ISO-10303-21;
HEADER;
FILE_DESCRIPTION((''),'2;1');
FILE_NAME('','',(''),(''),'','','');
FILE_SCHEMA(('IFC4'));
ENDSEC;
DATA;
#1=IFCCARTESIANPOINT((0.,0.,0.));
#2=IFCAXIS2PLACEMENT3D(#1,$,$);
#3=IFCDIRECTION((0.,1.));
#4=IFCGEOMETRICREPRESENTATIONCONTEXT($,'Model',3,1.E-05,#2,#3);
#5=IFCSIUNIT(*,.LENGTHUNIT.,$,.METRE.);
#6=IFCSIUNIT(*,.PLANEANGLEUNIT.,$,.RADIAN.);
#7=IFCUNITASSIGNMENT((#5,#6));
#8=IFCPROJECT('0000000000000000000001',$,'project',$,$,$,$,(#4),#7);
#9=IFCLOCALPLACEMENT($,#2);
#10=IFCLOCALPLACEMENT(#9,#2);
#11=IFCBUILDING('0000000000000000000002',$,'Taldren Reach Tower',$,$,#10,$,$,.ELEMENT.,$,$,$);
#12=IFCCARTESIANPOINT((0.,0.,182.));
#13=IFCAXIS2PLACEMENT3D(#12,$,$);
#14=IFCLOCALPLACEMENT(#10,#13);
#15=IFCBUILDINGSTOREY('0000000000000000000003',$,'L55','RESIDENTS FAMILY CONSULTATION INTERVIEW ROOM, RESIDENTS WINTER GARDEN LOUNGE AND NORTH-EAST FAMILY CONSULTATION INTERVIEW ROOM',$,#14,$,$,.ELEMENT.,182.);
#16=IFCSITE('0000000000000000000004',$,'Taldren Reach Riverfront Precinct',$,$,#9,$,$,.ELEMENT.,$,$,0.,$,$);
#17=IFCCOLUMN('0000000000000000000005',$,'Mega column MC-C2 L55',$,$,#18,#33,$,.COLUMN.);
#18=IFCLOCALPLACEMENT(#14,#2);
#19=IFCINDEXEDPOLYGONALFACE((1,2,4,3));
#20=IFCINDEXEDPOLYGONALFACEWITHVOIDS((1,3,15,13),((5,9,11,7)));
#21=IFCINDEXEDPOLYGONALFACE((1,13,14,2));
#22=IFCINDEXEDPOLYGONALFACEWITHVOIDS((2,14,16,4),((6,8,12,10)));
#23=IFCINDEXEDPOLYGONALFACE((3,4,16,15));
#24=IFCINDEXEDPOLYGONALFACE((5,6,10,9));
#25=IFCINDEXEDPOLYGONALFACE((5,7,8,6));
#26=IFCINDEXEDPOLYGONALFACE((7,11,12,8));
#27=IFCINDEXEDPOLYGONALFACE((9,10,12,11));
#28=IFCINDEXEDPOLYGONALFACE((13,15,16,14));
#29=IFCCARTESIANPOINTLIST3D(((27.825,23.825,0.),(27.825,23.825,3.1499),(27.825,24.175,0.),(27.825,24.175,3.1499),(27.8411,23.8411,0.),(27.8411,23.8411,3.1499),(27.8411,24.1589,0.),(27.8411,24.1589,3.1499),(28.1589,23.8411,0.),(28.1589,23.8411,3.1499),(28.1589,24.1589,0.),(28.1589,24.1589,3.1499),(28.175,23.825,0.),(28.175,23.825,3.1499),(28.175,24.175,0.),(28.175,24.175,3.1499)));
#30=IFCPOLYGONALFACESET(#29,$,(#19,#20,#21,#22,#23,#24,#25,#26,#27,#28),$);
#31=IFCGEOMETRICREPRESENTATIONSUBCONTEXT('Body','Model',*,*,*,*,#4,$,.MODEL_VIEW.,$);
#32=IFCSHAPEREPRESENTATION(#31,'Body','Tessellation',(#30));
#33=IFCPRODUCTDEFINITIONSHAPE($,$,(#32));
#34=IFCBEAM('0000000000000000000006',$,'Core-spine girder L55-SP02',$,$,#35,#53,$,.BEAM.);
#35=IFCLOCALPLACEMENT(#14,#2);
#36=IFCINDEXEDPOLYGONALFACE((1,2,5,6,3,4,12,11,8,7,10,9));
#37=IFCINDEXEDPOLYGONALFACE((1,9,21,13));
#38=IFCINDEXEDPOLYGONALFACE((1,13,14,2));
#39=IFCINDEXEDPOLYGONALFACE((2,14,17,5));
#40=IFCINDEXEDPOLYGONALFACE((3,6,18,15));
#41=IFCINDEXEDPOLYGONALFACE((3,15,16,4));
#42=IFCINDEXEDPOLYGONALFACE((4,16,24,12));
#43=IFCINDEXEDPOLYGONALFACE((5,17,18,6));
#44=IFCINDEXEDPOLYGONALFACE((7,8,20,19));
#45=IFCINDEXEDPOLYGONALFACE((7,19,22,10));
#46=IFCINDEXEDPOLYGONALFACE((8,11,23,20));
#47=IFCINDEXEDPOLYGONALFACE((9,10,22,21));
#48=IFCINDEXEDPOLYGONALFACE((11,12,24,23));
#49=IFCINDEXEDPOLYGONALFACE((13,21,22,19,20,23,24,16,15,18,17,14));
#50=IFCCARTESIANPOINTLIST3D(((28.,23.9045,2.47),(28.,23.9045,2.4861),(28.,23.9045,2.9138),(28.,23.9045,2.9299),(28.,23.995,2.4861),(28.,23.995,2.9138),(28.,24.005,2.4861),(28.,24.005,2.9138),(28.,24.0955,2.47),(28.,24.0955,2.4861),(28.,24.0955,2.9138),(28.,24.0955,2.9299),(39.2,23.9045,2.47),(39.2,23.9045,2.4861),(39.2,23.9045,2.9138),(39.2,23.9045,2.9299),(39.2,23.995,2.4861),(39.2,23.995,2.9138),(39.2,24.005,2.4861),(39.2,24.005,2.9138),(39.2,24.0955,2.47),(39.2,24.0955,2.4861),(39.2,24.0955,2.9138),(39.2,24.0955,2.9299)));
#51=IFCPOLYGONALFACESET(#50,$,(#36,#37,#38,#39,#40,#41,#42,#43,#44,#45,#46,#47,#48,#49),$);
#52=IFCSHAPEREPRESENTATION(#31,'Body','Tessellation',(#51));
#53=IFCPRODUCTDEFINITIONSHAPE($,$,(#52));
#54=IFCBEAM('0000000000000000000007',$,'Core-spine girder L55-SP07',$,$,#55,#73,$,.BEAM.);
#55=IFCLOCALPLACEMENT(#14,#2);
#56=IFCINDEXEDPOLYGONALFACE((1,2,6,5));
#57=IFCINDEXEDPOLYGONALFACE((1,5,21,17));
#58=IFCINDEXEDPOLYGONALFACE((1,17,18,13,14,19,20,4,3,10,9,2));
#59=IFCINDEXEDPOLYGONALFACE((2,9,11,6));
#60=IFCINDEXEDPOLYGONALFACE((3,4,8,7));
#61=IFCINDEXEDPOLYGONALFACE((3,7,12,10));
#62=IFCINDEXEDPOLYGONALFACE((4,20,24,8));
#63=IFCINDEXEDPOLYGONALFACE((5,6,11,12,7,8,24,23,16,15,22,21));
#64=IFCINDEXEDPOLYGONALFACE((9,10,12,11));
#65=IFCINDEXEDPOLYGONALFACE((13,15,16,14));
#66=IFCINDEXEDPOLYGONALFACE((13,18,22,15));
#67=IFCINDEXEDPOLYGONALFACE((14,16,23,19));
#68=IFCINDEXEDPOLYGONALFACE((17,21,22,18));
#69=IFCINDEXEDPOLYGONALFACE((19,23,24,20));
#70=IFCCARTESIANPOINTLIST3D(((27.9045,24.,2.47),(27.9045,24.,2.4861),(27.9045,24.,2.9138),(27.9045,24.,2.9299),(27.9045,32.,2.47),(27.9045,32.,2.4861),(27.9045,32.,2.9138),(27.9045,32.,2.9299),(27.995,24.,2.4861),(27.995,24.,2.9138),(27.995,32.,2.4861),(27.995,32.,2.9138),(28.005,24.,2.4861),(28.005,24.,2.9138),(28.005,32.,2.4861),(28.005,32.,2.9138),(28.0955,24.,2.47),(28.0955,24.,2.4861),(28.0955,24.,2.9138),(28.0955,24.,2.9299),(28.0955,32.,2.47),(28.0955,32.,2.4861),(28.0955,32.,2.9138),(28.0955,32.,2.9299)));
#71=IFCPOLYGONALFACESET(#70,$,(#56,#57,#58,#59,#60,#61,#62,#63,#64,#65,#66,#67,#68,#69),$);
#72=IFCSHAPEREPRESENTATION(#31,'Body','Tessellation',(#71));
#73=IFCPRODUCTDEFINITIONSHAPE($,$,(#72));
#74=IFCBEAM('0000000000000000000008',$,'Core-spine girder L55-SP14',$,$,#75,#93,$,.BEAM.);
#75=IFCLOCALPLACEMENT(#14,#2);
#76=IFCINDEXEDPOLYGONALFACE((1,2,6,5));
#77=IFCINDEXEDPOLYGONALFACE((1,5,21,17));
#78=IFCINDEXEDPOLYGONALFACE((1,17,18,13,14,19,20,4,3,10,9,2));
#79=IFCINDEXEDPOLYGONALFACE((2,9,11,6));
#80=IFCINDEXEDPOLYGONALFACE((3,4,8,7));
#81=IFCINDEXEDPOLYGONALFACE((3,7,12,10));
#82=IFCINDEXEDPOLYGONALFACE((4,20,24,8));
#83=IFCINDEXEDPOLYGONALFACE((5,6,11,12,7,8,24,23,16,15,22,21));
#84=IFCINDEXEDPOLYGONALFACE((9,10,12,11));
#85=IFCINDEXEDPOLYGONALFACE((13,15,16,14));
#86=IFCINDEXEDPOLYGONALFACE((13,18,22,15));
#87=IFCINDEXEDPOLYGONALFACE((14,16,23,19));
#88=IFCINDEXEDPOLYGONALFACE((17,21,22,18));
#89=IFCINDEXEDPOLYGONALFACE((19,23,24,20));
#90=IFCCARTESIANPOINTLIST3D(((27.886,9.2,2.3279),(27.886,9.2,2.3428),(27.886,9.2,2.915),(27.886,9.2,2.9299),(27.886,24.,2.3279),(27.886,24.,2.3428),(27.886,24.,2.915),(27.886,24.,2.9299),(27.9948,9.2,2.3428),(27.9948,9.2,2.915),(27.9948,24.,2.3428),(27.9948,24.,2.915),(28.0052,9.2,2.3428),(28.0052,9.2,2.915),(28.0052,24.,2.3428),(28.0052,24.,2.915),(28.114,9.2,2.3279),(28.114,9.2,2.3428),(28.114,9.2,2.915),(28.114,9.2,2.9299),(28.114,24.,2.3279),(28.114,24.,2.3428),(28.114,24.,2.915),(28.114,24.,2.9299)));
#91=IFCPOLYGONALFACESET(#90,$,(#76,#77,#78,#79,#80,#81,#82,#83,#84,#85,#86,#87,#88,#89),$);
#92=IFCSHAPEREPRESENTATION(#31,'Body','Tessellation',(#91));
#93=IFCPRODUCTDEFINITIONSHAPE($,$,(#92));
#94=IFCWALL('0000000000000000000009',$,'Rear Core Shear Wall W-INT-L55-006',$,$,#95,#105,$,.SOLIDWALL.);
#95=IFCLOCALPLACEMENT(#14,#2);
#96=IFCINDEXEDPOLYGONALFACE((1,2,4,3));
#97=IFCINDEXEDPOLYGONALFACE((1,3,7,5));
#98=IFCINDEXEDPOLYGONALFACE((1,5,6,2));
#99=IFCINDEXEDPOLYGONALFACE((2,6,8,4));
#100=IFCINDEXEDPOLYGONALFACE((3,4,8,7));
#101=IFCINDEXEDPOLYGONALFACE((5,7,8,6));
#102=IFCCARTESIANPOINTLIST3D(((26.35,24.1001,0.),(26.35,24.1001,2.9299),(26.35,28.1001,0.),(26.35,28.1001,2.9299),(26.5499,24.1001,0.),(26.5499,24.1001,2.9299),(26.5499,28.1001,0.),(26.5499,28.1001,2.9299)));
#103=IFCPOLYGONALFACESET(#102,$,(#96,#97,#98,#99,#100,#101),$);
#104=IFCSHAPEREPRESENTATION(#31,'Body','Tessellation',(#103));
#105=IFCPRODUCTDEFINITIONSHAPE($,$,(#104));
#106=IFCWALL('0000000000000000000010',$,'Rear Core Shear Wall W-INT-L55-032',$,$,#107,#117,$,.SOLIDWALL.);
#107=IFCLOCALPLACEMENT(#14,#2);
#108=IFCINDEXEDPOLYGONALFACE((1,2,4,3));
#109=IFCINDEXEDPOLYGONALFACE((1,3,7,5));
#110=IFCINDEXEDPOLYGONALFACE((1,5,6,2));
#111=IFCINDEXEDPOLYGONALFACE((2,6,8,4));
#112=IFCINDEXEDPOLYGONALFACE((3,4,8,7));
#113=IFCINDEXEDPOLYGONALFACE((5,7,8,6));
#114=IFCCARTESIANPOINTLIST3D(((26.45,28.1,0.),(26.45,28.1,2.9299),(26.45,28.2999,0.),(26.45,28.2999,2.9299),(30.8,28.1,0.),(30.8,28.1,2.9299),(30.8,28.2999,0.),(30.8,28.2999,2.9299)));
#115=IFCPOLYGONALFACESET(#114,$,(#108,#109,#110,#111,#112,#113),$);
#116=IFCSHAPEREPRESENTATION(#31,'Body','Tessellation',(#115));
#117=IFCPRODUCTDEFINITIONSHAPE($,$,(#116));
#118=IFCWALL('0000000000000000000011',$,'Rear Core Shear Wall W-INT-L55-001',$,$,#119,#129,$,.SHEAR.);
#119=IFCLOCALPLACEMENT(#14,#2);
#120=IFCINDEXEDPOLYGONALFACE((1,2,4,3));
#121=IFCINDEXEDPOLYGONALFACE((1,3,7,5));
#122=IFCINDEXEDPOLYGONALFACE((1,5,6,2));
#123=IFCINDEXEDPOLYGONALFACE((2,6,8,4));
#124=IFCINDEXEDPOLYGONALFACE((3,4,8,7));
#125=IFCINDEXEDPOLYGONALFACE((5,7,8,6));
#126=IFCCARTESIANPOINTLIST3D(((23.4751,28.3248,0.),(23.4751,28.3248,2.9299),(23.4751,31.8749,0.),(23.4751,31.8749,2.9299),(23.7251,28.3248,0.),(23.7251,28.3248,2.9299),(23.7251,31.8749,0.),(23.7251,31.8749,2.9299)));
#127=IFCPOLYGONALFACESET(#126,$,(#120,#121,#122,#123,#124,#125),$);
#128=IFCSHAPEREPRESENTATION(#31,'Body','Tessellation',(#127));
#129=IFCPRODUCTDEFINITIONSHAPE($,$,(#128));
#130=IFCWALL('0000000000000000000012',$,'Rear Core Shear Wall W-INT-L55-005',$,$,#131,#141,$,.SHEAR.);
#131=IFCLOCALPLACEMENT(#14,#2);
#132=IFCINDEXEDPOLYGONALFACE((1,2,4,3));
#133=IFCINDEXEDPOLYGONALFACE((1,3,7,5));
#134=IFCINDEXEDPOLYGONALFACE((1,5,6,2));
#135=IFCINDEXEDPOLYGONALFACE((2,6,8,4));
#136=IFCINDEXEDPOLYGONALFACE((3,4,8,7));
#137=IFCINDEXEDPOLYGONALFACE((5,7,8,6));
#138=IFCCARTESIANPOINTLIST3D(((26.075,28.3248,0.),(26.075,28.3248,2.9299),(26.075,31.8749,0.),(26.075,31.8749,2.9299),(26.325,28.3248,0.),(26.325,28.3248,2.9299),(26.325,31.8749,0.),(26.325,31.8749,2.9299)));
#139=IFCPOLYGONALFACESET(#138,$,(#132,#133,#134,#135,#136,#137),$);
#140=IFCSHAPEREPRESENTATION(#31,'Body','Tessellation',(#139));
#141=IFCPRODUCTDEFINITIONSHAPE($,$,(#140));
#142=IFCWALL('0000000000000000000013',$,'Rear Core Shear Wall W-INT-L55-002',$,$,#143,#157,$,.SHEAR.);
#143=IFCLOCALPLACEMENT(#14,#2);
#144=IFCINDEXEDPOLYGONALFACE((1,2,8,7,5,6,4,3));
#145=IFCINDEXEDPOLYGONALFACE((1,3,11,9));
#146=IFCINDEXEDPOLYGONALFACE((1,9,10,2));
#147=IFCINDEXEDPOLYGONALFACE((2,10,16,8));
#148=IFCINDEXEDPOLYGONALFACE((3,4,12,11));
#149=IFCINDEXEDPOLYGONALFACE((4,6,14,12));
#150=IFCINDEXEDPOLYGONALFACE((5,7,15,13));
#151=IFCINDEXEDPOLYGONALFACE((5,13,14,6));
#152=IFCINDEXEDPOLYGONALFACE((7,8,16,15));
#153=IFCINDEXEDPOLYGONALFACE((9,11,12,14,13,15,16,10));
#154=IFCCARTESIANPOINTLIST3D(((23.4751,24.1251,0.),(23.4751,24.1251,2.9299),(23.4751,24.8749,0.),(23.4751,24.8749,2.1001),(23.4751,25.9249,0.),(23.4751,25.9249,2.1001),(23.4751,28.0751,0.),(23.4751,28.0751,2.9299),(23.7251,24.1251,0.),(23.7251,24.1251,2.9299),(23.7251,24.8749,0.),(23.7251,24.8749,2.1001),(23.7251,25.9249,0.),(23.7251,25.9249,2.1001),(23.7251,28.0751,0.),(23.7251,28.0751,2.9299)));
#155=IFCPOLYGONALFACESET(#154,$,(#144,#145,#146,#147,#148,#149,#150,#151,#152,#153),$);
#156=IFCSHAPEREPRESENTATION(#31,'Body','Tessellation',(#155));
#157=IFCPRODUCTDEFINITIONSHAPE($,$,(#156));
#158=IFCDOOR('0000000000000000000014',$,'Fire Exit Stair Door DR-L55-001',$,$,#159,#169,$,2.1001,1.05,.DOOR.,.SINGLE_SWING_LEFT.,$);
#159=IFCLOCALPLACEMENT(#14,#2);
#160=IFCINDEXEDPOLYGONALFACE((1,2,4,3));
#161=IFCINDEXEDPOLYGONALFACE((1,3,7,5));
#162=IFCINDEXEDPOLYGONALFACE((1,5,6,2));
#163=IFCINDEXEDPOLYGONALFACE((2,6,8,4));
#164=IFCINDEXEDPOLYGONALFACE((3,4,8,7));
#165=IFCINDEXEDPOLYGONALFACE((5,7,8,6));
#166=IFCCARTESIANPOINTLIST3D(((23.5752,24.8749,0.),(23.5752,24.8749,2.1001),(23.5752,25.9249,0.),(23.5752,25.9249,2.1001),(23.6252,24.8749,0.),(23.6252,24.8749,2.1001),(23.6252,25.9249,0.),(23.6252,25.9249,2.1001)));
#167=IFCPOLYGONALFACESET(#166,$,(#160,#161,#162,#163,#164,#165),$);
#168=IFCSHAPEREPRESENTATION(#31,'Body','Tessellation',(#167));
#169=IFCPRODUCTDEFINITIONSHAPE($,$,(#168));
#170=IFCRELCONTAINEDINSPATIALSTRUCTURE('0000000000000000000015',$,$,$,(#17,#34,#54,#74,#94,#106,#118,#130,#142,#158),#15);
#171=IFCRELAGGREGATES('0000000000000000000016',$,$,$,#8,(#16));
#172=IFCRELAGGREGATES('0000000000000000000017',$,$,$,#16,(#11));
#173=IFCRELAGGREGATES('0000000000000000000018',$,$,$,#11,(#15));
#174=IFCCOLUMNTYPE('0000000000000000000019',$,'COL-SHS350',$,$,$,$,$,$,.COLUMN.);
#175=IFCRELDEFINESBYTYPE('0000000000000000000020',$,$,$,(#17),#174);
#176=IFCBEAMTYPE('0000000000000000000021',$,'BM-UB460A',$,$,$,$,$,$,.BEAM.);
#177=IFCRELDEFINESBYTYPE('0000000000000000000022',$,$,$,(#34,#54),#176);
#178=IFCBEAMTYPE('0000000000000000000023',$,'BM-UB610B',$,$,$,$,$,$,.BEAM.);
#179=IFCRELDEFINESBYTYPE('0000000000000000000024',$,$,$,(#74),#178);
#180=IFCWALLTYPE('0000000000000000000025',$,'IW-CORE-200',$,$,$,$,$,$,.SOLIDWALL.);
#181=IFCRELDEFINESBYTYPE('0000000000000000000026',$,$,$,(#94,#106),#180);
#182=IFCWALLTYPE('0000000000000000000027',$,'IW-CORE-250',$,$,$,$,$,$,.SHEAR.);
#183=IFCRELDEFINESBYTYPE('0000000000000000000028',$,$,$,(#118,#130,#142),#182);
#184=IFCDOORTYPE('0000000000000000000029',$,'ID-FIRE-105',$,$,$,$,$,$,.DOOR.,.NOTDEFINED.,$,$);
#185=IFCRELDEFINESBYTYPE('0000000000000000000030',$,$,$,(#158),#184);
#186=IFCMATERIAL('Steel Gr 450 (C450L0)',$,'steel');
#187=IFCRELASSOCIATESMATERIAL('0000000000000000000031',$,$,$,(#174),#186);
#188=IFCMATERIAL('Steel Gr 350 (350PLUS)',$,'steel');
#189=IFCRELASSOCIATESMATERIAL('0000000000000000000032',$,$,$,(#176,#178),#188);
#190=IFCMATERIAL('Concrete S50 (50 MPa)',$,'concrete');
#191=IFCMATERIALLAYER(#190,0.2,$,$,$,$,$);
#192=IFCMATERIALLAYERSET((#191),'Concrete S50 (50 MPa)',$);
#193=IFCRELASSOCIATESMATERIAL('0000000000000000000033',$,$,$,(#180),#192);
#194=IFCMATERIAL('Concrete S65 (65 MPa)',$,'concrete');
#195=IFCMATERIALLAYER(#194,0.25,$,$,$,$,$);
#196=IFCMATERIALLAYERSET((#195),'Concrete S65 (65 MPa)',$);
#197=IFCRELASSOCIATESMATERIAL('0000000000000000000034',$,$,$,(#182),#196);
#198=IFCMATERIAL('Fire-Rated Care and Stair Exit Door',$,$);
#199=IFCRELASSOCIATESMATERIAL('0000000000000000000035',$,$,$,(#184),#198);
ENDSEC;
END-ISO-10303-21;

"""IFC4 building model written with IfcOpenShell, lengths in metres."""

from ifc_helpers import new_model, si_unit, direction, frame, frame_2d, origin, origin_2d, place, context, subcontext, project, spatial, rectangle, hollow_rectangle, i_section, extrude, source, transform, mapped, material, layer, layer_set, material_profile, profile_set, type_object, element, fill, save


model = new_model("IFC4")

# Units and contexts
model_context = context("Model", 3, precision=1e-05, world=origin(), true_north=direction((0.0, 1.0)))
body_context = subcontext(model_context, "Body", "Model", "MODEL_VIEW")
ifc_project = project(units=[si_unit("LENGTHUNIT", "METRE"), si_unit("PLANEANGLEUNIT", "RADIAN")], contexts=[model_context])

# Site, building, storey
site_placement = place(None, origin())
site = spatial("IfcSite", under=ifc_project, at=site_placement, Name="Taldren Reach Riverfront Precinct", CompositionType="ELEMENT", RefElevation=0.0)
building_placement = place(site_placement, origin())
building = spatial("IfcBuilding", under=site, at=building_placement, Name="Taldren Reach Tower", CompositionType="ELEMENT")
storey_placement = place(building_placement, frame((0.0, 0.0, 182.0)))
storey = spatial("IfcBuildingStorey", under=building, at=storey_placement, Name="L55", Description="RESIDENTS FAMILY CONSULTATION INTERVIEW ROOM, RESIDENTS WINTER GARDEN LOUNGE AND NORTH-EAST FAMILY CONSULTATION INTERVIEW ROOM", CompositionType="ELEMENT", Elevation=182.0)

# Column
ifc_material_1 = material(Name="Steel Gr 450 (C450L0)", Category="steel")
ifc_material_profile_1 = material_profile(ifc_material_1, hollow_rectangle(XDim=0.3501, YDim=0.3501, WallThickness=0.0161, at=origin_2d()), Name="350x350x16.0SHS")
ifc_profile_set_1 = profile_set([ifc_material_profile_1], Name="Steel Gr 450 (C450L0)")
column_type = type_object("IfcColumnType", Name="COL-SHS350", PredefinedType="COLUMN", material=ifc_profile_set_1)
shared_shape_1 = source(origin(), body_context, "Body", "SweptSolid", [
    extrude(hollow_rectangle(XDim=0.3501, YDim=0.3501, WallThickness=0.0161, at=origin_2d()), origin(), (0.0, 0.0, 1.0), 3.1499),
])
column_placement = place(storey_placement, frame((28.0, 24.0, 0.0), z_axis=(0.0, 0.0, 1.0), x_axis=(1.0, 0.0, 0.0)))
element("IfcColumn", 1, at=column_placement, inside=storey, type_object=column_type, Name="Mega column MC-C2 L55", PredefinedType="COLUMN", context=body_context, shape_type="MappedRepresentation", body=[
    mapped(shared_shape_1, transform((0.0, 0.0, 0.0), scale=1.0)),
])

# Beams
ifc_material_2 = material(Name="Steel Gr 350 (350PLUS)", Category="steel")
ifc_material_profile_2 = material_profile(ifc_material_2, i_section(OverallWidth=0.1909, OverallDepth=0.46, WebThickness=0.01, FlangeThickness=0.0161, at=origin_2d()), Name="460UB82.1")
ifc_profile_set_2 = profile_set([ifc_material_profile_2], Name="Steel Gr 350 (350PLUS)")
beam_type_1 = type_object("IfcBeamType", Name="BM-UB460A", PredefinedType="BEAM", material=ifc_profile_set_2)
shared_shape_2 = source(origin(), body_context, "Body", "SweptSolid", [
    extrude(i_section(OverallWidth=0.1909, OverallDepth=0.46, WebThickness=0.01, FlangeThickness=0.0161, at=origin_2d()), origin(), (0.0, 0.0, 1.0), 11.2),
])
beam_1_placement = place(storey_placement, frame((28.0, 24.0, 2.7), z_axis=(1.0, 0.0, 0.0), x_axis=(0.0, 1.0, 0.0)))
element("IfcBeam", 2, at=beam_1_placement, inside=storey, type_object=beam_type_1, Name="Core-spine girder L55-SP02", PredefinedType="BEAM", context=body_context, shape_type="MappedRepresentation", body=[
    mapped(shared_shape_2, transform((0.0, 0.0, 0.0), scale=1.0)),
])
shared_shape_3 = source(origin(), body_context, "Body", "SweptSolid", [
    extrude(i_section(OverallWidth=0.1909, OverallDepth=0.46, WebThickness=0.01, FlangeThickness=0.0161, at=origin_2d()), origin(), (0.0, 0.0, 1.0), 8.0),
])
beam_2_placement = place(storey_placement, frame((28.0, 24.0, 2.7), z_axis=(0.0, 1.0, 0.0), x_axis=(-1.0, 0.0, 0.0)))
element("IfcBeam", 3, at=beam_2_placement, inside=storey, type_object=beam_type_1, Name="Core-spine girder L55-SP07", PredefinedType="BEAM", context=body_context, shape_type="MappedRepresentation", body=[
    mapped(shared_shape_3, transform((0.0, 0.0, 0.0), scale=1.0)),
])
ifc_material_profile_3 = material_profile(ifc_material_2, i_section(OverallWidth=0.228, OverallDepth=0.6021, WebThickness=0.0105, FlangeThickness=0.0149, at=origin_2d()), Name="610UB101")
ifc_profile_set_3 = profile_set([ifc_material_profile_3], Name="Steel Gr 350 (350PLUS)")
beam_type_2 = type_object("IfcBeamType", Name="BM-UB610B", PredefinedType="BEAM", material=ifc_profile_set_3)
shared_shape_4 = source(origin(), body_context, "Body", "SweptSolid", [
    extrude(i_section(OverallWidth=0.228, OverallDepth=0.6021, WebThickness=0.0105, FlangeThickness=0.0149, at=origin_2d()), origin(), (0.0, 0.0, 1.0), 14.8),
])
beam_3_placement = place(storey_placement, frame((28.0, 24.0, 2.6289), z_axis=(0.0, -1.0, 0.0), x_axis=(1.0, 0.0, 0.0)))
element("IfcBeam", 4, at=beam_3_placement, inside=storey, type_object=beam_type_2, Name="Core-spine girder L55-SP14", PredefinedType="BEAM", context=body_context, shape_type="MappedRepresentation", body=[
    mapped(shared_shape_4, transform((0.0, 0.0, 0.0), scale=1.0)),
])

# Walls
ifc_material_3 = material(Name="Concrete S50 (50 MPa)", Category="concrete")
ifc_layer_1 = layer(ifc_material_3, 0.2)
ifc_layer_set_1 = layer_set([ifc_layer_1], Name="Concrete S50 (50 MPa)")
wall_type_1 = type_object("IfcWallType", Name="IW-CORE-200", PredefinedType="SOLIDWALL", material=ifc_layer_set_1)
shared_shape_5 = source(origin(), body_context, "Body", "SweptSolid", [
    extrude(rectangle(XDim=4.0, YDim=0.2, at=frame_2d((2.0, 0.0))), origin(), (0.0, 0.0, 1.0), 2.9299),
])
wall_1_placement = place(storey_placement, frame((26.45, 24.1001, 0.0), z_axis=(0.0, 0.0, 1.0), x_axis=(0.0, 1.0, 0.0)))
element("IfcWall", 5, at=wall_1_placement, inside=storey, type_object=wall_type_1, Name="Rear Core Shear Wall W-INT-L55-006", PredefinedType="SOLIDWALL", context=body_context, shape_type="MappedRepresentation", body=[
    mapped(shared_shape_5, transform((0.0, 0.0, 0.0), scale=1.0)),
])
shared_shape_6 = source(origin(), body_context, "Body", "SweptSolid", [
    extrude(rectangle(XDim=4.3501, YDim=0.2, at=frame_2d((2.175, 0.0))), origin(), (0.0, 0.0, 1.0), 2.9299),
])
wall_2_placement = place(storey_placement, frame((26.45, 28.2, 0.0), z_axis=(0.0, 0.0, 1.0), x_axis=(1.0, 0.0, 0.0)))
element("IfcWall", 6, at=wall_2_placement, inside=storey, type_object=wall_type_1, Name="Rear Core Shear Wall W-INT-L55-032", PredefinedType="SOLIDWALL", context=body_context, shape_type="MappedRepresentation", body=[
    mapped(shared_shape_6, transform((0.0, 0.0, 0.0), scale=1.0)),
])
ifc_material_4 = material(Name="Concrete S65 (65 MPa)", Category="concrete")
ifc_layer_2 = layer(ifc_material_4, 0.25)
ifc_layer_set_2 = layer_set([ifc_layer_2], Name="Concrete S65 (65 MPa)")
wall_type_2 = type_object("IfcWallType", Name="IW-CORE-250", PredefinedType="SHEAR", material=ifc_layer_set_2)
shared_shape_7 = source(origin(), body_context, "Body", "SweptSolid", [
    extrude(rectangle(XDim=3.55, YDim=0.25, at=frame_2d((1.7749, 0.0))), origin(), (0.0, 0.0, 1.0), 2.9299),
])
for number, where, z_axis, x_axis, name in (
    (7, (23.6001, 28.325, 0.0), (0.0, 0.0, 1.0), (0.0, 1.0, 0.0), "Rear Core Shear Wall W-INT-L55-001"),
    (8, (26.2, 28.325, 0.0), (0.0, 0.0, 1.0), (0.0, 1.0, 0.0), "Rear Core Shear Wall W-INT-L55-005"),
):
    element("IfcWall", number, at=place(storey_placement, frame(where, z_axis=z_axis, x_axis=x_axis)), inside=storey, type_object=wall_type_2, Name=name, PredefinedType="SHEAR", context=body_context, shape_type="MappedRepresentation", body=[
        mapped(shared_shape_7, transform((0.0, 0.0, 0.0), scale=1.0)),
    ])

# Wall, opening, door
shared_shape_8 = source(origin(), body_context, "Body", "SweptSolid", [
    extrude(rectangle(XDim=3.95, YDim=0.25, at=frame_2d((1.9751, 0.0))), origin(), (0.0, 0.0, 1.0), 2.9299),
])
wall_3_placement = place(storey_placement, frame((23.6001, 24.125, 0.0), z_axis=(0.0, 0.0, 1.0), x_axis=(0.0, 1.0, 0.0)))
wall_3 = element("IfcWall", 9, at=wall_3_placement, inside=storey, type_object=wall_type_2, Name="Rear Core Shear Wall W-INT-L55-002", PredefinedType="SHEAR", context=body_context, shape_type="MappedRepresentation", body=[
    mapped(shared_shape_8, transform((0.0, 0.0, 0.0), scale=1.0)),
])
shared_shape_9 = source(origin(), body_context, "Body", "SweptSolid", [
    extrude(rectangle(XDim=1.05, YDim=2.1001, at=frame_2d((0.5249, 1.05))), frame((0.0, 0.135, 0.0), z_axis=(0.0, -1.0, 0.0), x_axis=(1.0, 0.0, 0.0)), (0.0, 0.0, 1.0), 0.27),
])
opening_1_placement = place(wall_3_placement, frame((0.75, 0.0, 0.0)))
opening_1 = element("IfcOpeningElement", 10, at=opening_1_placement, cuts=wall_3, PredefinedType="OPENING", context=body_context, shape_type="MappedRepresentation", body=[
    mapped(shared_shape_9, transform((0.0, 0.0, 0.0), scale=1.0)),
])
ifc_material_5 = material(Name="Fire-Rated Care and Stair Exit Door")
door_type_1 = type_object("IfcDoorType", Name="ID-FIRE-105", OperationType="NOTDEFINED", PredefinedType="DOOR", material=ifc_material_5)
shared_shape_10 = source(origin(), body_context, "Body", "SweptSolid", [
    extrude(rectangle(XDim=1.05, YDim=2.1001, at=frame_2d((0.5249, 1.05))), frame((0.0, 0.0249, 0.0), z_axis=(0.0, -1.0, 0.0), x_axis=(1.0, 0.0, 0.0)), (0.0, 0.0, 1.0), 0.05),
])
door_1_placement = place(opening_1_placement, origin())
door_1 = element("IfcDoor", 11, at=door_1_placement, inside=storey, type_object=door_type_1, Name="Fire Exit Stair Door DR-L55-001", OperationType="SINGLE_SWING_LEFT", OverallHeight=2.1001, OverallWidth=1.05, PredefinedType="DOOR", context=body_context, shape_type="MappedRepresentation", body=[
    mapped(shared_shape_10, transform((0.0, 0.0, 0.0), scale=1.0)),
])
fill(opening_1, door_1)

save(model, "model.ifc")
